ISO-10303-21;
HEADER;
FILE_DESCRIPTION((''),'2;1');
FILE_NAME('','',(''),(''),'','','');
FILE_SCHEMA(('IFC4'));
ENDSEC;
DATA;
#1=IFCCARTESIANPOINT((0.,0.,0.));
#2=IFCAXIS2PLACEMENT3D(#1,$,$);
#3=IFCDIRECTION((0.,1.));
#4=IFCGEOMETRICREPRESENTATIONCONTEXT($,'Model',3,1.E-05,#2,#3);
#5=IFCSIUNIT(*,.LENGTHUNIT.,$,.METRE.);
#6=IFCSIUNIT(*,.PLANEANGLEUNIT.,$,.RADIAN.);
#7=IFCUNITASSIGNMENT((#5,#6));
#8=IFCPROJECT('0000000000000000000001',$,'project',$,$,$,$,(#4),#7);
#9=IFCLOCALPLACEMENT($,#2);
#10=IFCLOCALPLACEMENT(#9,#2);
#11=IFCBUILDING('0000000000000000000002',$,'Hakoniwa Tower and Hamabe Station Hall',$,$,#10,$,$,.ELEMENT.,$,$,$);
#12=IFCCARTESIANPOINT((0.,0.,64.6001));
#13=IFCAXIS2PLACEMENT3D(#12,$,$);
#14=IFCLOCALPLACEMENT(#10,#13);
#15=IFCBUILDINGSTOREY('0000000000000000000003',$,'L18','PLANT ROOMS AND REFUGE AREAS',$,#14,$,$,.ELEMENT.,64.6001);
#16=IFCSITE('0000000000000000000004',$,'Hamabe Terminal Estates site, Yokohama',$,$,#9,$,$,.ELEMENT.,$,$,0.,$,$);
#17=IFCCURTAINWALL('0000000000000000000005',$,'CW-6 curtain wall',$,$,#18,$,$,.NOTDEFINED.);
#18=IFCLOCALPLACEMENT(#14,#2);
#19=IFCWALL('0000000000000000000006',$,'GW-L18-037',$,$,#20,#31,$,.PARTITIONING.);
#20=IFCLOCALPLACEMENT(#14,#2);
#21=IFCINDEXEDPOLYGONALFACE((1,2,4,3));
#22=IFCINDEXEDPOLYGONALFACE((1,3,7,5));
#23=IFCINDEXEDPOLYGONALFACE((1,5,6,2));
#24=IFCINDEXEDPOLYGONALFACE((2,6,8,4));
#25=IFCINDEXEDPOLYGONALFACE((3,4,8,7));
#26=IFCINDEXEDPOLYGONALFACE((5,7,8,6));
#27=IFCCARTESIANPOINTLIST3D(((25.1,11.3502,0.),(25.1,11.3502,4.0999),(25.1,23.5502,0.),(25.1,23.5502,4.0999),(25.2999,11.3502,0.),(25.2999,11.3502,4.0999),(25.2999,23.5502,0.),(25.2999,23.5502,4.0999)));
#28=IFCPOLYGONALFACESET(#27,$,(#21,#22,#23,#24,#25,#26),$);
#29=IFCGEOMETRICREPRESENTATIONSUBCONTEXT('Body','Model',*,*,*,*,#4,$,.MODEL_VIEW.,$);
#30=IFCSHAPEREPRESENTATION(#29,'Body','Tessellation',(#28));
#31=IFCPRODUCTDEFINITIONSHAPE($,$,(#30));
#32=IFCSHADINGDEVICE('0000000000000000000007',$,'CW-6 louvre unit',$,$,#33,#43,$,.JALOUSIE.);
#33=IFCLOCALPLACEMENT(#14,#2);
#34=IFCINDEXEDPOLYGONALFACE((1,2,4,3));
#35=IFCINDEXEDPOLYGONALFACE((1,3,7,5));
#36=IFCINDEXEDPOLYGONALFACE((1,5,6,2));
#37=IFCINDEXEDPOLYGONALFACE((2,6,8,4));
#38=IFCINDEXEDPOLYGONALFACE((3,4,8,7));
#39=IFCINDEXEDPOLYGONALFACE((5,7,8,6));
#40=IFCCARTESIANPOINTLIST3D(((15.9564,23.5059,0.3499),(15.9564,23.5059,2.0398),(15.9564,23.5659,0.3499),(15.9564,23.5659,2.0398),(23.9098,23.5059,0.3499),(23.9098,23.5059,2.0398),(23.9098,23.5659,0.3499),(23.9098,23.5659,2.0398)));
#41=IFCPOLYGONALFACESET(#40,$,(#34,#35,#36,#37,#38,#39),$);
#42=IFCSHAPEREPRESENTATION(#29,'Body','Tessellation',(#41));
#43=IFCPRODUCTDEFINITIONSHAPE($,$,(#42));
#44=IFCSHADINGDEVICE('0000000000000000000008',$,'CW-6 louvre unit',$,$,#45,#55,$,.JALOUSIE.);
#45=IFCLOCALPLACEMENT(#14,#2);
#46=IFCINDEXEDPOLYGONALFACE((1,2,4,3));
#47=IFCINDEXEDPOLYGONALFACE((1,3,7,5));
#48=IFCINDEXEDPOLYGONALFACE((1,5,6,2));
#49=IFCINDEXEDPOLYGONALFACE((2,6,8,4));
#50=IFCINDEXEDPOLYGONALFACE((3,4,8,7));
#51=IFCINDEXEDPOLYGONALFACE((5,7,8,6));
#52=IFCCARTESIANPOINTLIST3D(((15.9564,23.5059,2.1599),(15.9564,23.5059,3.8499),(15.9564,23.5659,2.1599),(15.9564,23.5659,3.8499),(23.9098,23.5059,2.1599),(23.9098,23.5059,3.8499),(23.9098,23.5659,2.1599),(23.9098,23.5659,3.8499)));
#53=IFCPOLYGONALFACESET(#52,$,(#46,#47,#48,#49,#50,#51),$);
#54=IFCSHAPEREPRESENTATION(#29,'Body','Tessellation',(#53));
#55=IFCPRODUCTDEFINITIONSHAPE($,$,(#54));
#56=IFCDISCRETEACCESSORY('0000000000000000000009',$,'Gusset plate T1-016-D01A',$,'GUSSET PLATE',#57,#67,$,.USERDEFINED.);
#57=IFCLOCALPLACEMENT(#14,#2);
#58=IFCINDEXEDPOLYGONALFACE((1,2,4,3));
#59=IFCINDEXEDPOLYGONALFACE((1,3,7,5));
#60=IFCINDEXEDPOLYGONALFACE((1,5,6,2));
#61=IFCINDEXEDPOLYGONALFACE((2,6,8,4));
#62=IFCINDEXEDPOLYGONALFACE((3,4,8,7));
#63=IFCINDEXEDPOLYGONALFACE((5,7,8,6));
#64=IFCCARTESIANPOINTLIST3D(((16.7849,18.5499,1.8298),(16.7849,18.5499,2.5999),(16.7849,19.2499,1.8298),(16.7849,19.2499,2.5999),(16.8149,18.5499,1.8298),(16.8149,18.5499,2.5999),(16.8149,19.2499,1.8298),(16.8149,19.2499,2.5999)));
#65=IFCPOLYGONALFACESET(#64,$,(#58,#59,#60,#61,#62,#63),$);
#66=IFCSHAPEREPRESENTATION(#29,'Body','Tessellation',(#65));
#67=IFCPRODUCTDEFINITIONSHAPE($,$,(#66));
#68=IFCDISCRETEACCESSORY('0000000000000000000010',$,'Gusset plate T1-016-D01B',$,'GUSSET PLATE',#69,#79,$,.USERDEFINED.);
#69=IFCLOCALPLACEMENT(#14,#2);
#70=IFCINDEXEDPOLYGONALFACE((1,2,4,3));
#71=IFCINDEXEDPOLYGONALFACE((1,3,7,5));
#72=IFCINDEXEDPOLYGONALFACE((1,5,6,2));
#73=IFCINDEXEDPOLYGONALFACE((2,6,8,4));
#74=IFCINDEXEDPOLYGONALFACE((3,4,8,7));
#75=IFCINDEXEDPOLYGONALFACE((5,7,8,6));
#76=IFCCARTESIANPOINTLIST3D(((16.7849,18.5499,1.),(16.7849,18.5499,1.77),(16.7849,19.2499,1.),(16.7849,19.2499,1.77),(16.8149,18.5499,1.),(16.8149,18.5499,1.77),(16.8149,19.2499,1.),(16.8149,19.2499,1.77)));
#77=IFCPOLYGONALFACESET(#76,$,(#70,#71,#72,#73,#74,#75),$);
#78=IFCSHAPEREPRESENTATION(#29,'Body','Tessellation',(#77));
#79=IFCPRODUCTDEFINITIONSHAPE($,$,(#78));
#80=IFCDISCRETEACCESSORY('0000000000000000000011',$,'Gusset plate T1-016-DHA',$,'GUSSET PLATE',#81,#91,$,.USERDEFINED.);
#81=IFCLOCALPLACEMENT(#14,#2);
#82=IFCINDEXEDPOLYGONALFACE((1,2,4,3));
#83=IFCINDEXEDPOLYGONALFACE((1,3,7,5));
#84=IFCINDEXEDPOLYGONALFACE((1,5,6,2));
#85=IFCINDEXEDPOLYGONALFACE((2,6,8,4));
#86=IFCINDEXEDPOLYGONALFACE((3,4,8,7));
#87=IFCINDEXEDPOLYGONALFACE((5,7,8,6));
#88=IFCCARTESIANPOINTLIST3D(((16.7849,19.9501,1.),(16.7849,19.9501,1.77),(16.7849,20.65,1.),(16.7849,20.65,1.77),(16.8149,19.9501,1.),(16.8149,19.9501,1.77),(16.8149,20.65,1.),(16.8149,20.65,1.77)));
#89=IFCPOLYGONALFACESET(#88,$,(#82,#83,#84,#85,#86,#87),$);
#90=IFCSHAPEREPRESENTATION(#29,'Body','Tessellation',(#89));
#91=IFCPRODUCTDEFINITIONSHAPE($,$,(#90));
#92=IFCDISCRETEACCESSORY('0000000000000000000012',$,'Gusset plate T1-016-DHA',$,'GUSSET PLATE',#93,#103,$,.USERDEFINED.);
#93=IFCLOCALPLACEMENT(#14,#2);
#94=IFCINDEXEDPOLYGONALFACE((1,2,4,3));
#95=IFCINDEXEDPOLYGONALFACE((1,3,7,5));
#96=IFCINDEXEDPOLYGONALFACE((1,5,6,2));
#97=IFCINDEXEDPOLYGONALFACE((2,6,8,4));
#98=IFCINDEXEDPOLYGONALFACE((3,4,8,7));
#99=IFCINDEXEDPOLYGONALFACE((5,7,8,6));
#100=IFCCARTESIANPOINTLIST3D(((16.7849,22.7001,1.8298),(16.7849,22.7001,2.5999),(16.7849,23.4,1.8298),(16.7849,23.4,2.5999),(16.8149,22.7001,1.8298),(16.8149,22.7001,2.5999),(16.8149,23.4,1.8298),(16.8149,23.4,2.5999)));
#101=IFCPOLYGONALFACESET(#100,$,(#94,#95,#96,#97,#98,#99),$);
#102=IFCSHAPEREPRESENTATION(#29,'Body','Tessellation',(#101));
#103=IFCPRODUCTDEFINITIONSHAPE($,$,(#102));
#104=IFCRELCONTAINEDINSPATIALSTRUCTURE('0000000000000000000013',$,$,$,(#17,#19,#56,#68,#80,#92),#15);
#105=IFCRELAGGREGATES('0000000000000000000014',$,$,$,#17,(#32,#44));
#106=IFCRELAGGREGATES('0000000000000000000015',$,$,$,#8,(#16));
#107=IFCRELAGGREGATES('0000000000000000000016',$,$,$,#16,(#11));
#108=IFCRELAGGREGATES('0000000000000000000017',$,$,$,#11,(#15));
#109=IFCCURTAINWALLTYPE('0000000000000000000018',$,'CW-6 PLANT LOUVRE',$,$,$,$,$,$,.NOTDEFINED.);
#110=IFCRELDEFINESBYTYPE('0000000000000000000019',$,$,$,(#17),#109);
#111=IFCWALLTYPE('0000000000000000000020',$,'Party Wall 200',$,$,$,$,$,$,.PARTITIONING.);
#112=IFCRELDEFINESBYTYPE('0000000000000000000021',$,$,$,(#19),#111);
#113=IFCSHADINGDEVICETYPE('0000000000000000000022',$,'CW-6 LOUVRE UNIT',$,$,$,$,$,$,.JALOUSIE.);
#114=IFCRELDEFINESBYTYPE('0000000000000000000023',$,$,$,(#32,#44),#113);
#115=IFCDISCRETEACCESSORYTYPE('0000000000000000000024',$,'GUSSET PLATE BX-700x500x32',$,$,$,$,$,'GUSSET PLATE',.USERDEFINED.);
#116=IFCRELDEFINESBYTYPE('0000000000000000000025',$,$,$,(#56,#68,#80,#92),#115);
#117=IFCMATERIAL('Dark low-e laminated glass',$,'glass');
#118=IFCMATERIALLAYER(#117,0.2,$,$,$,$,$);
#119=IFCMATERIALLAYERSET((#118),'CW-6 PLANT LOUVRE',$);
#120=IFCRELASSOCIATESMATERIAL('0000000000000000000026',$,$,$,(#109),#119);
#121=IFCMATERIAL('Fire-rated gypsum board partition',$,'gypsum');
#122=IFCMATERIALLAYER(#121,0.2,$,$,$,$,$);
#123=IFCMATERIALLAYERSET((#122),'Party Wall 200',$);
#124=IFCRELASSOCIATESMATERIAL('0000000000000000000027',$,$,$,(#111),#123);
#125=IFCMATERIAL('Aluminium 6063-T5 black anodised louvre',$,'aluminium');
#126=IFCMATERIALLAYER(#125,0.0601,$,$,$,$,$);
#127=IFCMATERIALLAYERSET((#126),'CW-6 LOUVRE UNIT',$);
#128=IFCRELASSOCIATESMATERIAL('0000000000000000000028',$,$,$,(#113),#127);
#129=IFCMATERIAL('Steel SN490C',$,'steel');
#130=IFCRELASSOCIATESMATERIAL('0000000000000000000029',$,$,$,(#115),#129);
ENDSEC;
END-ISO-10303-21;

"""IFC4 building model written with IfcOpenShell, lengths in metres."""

from ifc_helpers import new_model, si_unit, direction, frame, frame_2d, origin, origin_2d, place, context, subcontext, project, spatial, rectangle, extrude, material, layer, layer_set, material_profile, profile_set, type_object, element, aggregate, save


model = new_model("IFC4")

# Units and contexts
model_context = context("Model", 3, precision=1e-05, world=origin(), true_north=direction((0.0, 1.0)))
body_context = subcontext(model_context, "Body", "Model", "MODEL_VIEW")
ifc_project = project(units=[si_unit("LENGTHUNIT", "METRE"), si_unit("PLANEANGLEUNIT", "RADIAN")], contexts=[model_context])

# Site, building, storey
site_placement = place(None, origin())
site = spatial("IfcSite", under=ifc_project, at=site_placement, Name="Hamabe Terminal Estates site, Yokohama", CompositionType="ELEMENT", RefElevation=0.0)
building_placement = place(site_placement, origin())
building = spatial("IfcBuilding", under=site, at=building_placement, Name="Hakoniwa Tower and Hamabe Station Hall", CompositionType="ELEMENT")
storey_placement = place(building_placement, frame((0.0, 0.0, 64.6001)))
storey = spatial("IfcBuildingStorey", under=building, at=storey_placement, Name="L18", Description="PLANT ROOMS AND REFUGE AREAS", CompositionType="ELEMENT", Elevation=64.6001)

# Curtain wall
ifc_material_1 = material(Name="Dark low-e laminated glass", Category="glass")
ifc_layer_1 = layer(ifc_material_1, 0.2)
ifc_layer_set_1 = layer_set([ifc_layer_1], Name="CW-6 PLANT LOUVRE")
curtain_wall_type = type_object("IfcCurtainWallType", Name="CW-6 PLANT LOUVRE", PredefinedType="NOTDEFINED", material=ifc_layer_set_1)
curtain_wall_placement = place(storey_placement, origin())
curtain_wall = element("IfcCurtainWall", 1, at=curtain_wall_placement, inside=storey, type_object=curtain_wall_type, Name="CW-6 curtain wall", PredefinedType="NOTDEFINED")

# Wall
ifc_material_2 = material(Name="Fire-rated gypsum board partition", Category="gypsum")
ifc_layer_2 = layer(ifc_material_2, 0.2)
ifc_layer_set_2 = layer_set([ifc_layer_2], Name="Party Wall 200")
wall_type = type_object("IfcWallType", Name="Party Wall 200", PredefinedType="PARTITIONING", material=ifc_layer_set_2)
wall_placement = place(storey_placement, frame((25.2, 11.3501, 0.0), z_axis=(0.0, 0.0, 1.0), x_axis=(0.0, 1.0, 0.0)))
element("IfcWall", 2, at=wall_placement, inside=storey, type_object=wall_type, Name="GW-L18-037", PredefinedType="PARTITIONING", context=body_context, shape_type="SweptSolid", body=[
    extrude(rectangle(XDim=12.2, YDim=0.2, at=frame_2d((6.1001, 0.0))), origin(), (0.0, 0.0, 1.0), 4.0999),
])

# Shading devices
ifc_material_3 = material(Name="Aluminium 6063-T5 black anodised louvre", Category="aluminium")
ifc_layer_3 = layer(ifc_material_3, 0.0601)
ifc_layer_set_3 = layer_set([ifc_layer_3], Name="CW-6 LOUVRE UNIT")
shading_device_type = type_object("IfcShadingDeviceType", Name="CW-6 LOUVRE UNIT", PredefinedType="JALOUSIE", material=ifc_layer_set_3)
shading_device_1_placement = place(storey_placement, frame((19.9331, 23.5359, 0.3499), z_axis=(0.0, 0.0, 1.0), x_axis=(-1.0, 0.0, 0.0)))
shading_device_1 = element("IfcShadingDevice", 3, at=shading_device_1_placement, type_object=shading_device_type, Name="CW-6 louvre unit", PredefinedType="JALOUSIE", context=body_context, shape_type="SweptSolid", body=[
    extrude(rectangle(XDim=7.9534, YDim=0.0601, at=origin_2d()), origin(), (0.0, 0.0, 1.0), 1.6899),
])
shading_device_2_placement = place(storey_placement, frame((19.9331, 23.5359, 2.1599), z_axis=(0.0, 0.0, 1.0), x_axis=(-1.0, 0.0, 0.0)))
shading_device_2 = element("IfcShadingDevice", 4, at=shading_device_2_placement, type_object=shading_device_type, Name="CW-6 louvre unit", PredefinedType="JALOUSIE", context=body_context, shape_type="SweptSolid", body=[
    extrude(rectangle(XDim=7.9534, YDim=0.0601, at=origin_2d()), origin(), (0.0, 0.0, 1.0), 1.6899),
])
aggregate(curtain_wall, [shading_device_1, shading_device_2])

# Discrete accessories
ifc_material_4 = material(Name="Steel SN490C", Category="steel")
ifc_material_profile_1 = material_profile(ifc_material_4, rectangle(XDim=0.7, YDim=0.77, at=origin_2d()), Name="GUSSET PLATE BX-700x500x32")
ifc_profile_set_1 = profile_set([ifc_material_profile_1], Name="Steel SN490C")
discrete_accessory_type = type_object("IfcDiscreteAccessoryType", Name="GUSSET PLATE BX-700x500x32", ElementType="GUSSET PLATE", PredefinedType="USERDEFINED", material=ifc_profile_set_1)
for number, where, z_axis, x_axis, name in (
    (5, (16.8149, 18.8999, 2.2148), (-1.0, 0.0, 0.0), (0.0, -1.0, 0.0), "Gusset plate T1-016-D01A"),
    (6, (16.8149, 18.8999, 1.385), (-1.0, 0.0, 0.0), (0.0, -1.0, 0.0), "Gusset plate T1-016-D01B"),
    (7, (16.8149, 20.3, 1.385), (-1.0, 0.0, 0.0), (0.0, -1.0, 0.0), "Gusset plate T1-016-DHA"),
    (8, (16.8149, 23.05, 2.2148), (-1.0, 0.0, 0.0), (0.0, -1.0, 0.0), "Gusset plate T1-016-DHA"),
):
    element("IfcDiscreteAccessory", number, at=place(storey_placement, frame(where, z_axis=z_axis, x_axis=x_axis)), inside=storey, type_object=discrete_accessory_type, Name=name, ObjectType="GUSSET PLATE", PredefinedType="USERDEFINED", context=body_context, shape_type="SweptSolid", body=[
        extrude(rectangle(XDim=0.7, YDim=0.77, at=origin_2d()), origin(), (0.0, 0.0, 1.0), 0.03),
    ])

save(model, "model.ifc")
